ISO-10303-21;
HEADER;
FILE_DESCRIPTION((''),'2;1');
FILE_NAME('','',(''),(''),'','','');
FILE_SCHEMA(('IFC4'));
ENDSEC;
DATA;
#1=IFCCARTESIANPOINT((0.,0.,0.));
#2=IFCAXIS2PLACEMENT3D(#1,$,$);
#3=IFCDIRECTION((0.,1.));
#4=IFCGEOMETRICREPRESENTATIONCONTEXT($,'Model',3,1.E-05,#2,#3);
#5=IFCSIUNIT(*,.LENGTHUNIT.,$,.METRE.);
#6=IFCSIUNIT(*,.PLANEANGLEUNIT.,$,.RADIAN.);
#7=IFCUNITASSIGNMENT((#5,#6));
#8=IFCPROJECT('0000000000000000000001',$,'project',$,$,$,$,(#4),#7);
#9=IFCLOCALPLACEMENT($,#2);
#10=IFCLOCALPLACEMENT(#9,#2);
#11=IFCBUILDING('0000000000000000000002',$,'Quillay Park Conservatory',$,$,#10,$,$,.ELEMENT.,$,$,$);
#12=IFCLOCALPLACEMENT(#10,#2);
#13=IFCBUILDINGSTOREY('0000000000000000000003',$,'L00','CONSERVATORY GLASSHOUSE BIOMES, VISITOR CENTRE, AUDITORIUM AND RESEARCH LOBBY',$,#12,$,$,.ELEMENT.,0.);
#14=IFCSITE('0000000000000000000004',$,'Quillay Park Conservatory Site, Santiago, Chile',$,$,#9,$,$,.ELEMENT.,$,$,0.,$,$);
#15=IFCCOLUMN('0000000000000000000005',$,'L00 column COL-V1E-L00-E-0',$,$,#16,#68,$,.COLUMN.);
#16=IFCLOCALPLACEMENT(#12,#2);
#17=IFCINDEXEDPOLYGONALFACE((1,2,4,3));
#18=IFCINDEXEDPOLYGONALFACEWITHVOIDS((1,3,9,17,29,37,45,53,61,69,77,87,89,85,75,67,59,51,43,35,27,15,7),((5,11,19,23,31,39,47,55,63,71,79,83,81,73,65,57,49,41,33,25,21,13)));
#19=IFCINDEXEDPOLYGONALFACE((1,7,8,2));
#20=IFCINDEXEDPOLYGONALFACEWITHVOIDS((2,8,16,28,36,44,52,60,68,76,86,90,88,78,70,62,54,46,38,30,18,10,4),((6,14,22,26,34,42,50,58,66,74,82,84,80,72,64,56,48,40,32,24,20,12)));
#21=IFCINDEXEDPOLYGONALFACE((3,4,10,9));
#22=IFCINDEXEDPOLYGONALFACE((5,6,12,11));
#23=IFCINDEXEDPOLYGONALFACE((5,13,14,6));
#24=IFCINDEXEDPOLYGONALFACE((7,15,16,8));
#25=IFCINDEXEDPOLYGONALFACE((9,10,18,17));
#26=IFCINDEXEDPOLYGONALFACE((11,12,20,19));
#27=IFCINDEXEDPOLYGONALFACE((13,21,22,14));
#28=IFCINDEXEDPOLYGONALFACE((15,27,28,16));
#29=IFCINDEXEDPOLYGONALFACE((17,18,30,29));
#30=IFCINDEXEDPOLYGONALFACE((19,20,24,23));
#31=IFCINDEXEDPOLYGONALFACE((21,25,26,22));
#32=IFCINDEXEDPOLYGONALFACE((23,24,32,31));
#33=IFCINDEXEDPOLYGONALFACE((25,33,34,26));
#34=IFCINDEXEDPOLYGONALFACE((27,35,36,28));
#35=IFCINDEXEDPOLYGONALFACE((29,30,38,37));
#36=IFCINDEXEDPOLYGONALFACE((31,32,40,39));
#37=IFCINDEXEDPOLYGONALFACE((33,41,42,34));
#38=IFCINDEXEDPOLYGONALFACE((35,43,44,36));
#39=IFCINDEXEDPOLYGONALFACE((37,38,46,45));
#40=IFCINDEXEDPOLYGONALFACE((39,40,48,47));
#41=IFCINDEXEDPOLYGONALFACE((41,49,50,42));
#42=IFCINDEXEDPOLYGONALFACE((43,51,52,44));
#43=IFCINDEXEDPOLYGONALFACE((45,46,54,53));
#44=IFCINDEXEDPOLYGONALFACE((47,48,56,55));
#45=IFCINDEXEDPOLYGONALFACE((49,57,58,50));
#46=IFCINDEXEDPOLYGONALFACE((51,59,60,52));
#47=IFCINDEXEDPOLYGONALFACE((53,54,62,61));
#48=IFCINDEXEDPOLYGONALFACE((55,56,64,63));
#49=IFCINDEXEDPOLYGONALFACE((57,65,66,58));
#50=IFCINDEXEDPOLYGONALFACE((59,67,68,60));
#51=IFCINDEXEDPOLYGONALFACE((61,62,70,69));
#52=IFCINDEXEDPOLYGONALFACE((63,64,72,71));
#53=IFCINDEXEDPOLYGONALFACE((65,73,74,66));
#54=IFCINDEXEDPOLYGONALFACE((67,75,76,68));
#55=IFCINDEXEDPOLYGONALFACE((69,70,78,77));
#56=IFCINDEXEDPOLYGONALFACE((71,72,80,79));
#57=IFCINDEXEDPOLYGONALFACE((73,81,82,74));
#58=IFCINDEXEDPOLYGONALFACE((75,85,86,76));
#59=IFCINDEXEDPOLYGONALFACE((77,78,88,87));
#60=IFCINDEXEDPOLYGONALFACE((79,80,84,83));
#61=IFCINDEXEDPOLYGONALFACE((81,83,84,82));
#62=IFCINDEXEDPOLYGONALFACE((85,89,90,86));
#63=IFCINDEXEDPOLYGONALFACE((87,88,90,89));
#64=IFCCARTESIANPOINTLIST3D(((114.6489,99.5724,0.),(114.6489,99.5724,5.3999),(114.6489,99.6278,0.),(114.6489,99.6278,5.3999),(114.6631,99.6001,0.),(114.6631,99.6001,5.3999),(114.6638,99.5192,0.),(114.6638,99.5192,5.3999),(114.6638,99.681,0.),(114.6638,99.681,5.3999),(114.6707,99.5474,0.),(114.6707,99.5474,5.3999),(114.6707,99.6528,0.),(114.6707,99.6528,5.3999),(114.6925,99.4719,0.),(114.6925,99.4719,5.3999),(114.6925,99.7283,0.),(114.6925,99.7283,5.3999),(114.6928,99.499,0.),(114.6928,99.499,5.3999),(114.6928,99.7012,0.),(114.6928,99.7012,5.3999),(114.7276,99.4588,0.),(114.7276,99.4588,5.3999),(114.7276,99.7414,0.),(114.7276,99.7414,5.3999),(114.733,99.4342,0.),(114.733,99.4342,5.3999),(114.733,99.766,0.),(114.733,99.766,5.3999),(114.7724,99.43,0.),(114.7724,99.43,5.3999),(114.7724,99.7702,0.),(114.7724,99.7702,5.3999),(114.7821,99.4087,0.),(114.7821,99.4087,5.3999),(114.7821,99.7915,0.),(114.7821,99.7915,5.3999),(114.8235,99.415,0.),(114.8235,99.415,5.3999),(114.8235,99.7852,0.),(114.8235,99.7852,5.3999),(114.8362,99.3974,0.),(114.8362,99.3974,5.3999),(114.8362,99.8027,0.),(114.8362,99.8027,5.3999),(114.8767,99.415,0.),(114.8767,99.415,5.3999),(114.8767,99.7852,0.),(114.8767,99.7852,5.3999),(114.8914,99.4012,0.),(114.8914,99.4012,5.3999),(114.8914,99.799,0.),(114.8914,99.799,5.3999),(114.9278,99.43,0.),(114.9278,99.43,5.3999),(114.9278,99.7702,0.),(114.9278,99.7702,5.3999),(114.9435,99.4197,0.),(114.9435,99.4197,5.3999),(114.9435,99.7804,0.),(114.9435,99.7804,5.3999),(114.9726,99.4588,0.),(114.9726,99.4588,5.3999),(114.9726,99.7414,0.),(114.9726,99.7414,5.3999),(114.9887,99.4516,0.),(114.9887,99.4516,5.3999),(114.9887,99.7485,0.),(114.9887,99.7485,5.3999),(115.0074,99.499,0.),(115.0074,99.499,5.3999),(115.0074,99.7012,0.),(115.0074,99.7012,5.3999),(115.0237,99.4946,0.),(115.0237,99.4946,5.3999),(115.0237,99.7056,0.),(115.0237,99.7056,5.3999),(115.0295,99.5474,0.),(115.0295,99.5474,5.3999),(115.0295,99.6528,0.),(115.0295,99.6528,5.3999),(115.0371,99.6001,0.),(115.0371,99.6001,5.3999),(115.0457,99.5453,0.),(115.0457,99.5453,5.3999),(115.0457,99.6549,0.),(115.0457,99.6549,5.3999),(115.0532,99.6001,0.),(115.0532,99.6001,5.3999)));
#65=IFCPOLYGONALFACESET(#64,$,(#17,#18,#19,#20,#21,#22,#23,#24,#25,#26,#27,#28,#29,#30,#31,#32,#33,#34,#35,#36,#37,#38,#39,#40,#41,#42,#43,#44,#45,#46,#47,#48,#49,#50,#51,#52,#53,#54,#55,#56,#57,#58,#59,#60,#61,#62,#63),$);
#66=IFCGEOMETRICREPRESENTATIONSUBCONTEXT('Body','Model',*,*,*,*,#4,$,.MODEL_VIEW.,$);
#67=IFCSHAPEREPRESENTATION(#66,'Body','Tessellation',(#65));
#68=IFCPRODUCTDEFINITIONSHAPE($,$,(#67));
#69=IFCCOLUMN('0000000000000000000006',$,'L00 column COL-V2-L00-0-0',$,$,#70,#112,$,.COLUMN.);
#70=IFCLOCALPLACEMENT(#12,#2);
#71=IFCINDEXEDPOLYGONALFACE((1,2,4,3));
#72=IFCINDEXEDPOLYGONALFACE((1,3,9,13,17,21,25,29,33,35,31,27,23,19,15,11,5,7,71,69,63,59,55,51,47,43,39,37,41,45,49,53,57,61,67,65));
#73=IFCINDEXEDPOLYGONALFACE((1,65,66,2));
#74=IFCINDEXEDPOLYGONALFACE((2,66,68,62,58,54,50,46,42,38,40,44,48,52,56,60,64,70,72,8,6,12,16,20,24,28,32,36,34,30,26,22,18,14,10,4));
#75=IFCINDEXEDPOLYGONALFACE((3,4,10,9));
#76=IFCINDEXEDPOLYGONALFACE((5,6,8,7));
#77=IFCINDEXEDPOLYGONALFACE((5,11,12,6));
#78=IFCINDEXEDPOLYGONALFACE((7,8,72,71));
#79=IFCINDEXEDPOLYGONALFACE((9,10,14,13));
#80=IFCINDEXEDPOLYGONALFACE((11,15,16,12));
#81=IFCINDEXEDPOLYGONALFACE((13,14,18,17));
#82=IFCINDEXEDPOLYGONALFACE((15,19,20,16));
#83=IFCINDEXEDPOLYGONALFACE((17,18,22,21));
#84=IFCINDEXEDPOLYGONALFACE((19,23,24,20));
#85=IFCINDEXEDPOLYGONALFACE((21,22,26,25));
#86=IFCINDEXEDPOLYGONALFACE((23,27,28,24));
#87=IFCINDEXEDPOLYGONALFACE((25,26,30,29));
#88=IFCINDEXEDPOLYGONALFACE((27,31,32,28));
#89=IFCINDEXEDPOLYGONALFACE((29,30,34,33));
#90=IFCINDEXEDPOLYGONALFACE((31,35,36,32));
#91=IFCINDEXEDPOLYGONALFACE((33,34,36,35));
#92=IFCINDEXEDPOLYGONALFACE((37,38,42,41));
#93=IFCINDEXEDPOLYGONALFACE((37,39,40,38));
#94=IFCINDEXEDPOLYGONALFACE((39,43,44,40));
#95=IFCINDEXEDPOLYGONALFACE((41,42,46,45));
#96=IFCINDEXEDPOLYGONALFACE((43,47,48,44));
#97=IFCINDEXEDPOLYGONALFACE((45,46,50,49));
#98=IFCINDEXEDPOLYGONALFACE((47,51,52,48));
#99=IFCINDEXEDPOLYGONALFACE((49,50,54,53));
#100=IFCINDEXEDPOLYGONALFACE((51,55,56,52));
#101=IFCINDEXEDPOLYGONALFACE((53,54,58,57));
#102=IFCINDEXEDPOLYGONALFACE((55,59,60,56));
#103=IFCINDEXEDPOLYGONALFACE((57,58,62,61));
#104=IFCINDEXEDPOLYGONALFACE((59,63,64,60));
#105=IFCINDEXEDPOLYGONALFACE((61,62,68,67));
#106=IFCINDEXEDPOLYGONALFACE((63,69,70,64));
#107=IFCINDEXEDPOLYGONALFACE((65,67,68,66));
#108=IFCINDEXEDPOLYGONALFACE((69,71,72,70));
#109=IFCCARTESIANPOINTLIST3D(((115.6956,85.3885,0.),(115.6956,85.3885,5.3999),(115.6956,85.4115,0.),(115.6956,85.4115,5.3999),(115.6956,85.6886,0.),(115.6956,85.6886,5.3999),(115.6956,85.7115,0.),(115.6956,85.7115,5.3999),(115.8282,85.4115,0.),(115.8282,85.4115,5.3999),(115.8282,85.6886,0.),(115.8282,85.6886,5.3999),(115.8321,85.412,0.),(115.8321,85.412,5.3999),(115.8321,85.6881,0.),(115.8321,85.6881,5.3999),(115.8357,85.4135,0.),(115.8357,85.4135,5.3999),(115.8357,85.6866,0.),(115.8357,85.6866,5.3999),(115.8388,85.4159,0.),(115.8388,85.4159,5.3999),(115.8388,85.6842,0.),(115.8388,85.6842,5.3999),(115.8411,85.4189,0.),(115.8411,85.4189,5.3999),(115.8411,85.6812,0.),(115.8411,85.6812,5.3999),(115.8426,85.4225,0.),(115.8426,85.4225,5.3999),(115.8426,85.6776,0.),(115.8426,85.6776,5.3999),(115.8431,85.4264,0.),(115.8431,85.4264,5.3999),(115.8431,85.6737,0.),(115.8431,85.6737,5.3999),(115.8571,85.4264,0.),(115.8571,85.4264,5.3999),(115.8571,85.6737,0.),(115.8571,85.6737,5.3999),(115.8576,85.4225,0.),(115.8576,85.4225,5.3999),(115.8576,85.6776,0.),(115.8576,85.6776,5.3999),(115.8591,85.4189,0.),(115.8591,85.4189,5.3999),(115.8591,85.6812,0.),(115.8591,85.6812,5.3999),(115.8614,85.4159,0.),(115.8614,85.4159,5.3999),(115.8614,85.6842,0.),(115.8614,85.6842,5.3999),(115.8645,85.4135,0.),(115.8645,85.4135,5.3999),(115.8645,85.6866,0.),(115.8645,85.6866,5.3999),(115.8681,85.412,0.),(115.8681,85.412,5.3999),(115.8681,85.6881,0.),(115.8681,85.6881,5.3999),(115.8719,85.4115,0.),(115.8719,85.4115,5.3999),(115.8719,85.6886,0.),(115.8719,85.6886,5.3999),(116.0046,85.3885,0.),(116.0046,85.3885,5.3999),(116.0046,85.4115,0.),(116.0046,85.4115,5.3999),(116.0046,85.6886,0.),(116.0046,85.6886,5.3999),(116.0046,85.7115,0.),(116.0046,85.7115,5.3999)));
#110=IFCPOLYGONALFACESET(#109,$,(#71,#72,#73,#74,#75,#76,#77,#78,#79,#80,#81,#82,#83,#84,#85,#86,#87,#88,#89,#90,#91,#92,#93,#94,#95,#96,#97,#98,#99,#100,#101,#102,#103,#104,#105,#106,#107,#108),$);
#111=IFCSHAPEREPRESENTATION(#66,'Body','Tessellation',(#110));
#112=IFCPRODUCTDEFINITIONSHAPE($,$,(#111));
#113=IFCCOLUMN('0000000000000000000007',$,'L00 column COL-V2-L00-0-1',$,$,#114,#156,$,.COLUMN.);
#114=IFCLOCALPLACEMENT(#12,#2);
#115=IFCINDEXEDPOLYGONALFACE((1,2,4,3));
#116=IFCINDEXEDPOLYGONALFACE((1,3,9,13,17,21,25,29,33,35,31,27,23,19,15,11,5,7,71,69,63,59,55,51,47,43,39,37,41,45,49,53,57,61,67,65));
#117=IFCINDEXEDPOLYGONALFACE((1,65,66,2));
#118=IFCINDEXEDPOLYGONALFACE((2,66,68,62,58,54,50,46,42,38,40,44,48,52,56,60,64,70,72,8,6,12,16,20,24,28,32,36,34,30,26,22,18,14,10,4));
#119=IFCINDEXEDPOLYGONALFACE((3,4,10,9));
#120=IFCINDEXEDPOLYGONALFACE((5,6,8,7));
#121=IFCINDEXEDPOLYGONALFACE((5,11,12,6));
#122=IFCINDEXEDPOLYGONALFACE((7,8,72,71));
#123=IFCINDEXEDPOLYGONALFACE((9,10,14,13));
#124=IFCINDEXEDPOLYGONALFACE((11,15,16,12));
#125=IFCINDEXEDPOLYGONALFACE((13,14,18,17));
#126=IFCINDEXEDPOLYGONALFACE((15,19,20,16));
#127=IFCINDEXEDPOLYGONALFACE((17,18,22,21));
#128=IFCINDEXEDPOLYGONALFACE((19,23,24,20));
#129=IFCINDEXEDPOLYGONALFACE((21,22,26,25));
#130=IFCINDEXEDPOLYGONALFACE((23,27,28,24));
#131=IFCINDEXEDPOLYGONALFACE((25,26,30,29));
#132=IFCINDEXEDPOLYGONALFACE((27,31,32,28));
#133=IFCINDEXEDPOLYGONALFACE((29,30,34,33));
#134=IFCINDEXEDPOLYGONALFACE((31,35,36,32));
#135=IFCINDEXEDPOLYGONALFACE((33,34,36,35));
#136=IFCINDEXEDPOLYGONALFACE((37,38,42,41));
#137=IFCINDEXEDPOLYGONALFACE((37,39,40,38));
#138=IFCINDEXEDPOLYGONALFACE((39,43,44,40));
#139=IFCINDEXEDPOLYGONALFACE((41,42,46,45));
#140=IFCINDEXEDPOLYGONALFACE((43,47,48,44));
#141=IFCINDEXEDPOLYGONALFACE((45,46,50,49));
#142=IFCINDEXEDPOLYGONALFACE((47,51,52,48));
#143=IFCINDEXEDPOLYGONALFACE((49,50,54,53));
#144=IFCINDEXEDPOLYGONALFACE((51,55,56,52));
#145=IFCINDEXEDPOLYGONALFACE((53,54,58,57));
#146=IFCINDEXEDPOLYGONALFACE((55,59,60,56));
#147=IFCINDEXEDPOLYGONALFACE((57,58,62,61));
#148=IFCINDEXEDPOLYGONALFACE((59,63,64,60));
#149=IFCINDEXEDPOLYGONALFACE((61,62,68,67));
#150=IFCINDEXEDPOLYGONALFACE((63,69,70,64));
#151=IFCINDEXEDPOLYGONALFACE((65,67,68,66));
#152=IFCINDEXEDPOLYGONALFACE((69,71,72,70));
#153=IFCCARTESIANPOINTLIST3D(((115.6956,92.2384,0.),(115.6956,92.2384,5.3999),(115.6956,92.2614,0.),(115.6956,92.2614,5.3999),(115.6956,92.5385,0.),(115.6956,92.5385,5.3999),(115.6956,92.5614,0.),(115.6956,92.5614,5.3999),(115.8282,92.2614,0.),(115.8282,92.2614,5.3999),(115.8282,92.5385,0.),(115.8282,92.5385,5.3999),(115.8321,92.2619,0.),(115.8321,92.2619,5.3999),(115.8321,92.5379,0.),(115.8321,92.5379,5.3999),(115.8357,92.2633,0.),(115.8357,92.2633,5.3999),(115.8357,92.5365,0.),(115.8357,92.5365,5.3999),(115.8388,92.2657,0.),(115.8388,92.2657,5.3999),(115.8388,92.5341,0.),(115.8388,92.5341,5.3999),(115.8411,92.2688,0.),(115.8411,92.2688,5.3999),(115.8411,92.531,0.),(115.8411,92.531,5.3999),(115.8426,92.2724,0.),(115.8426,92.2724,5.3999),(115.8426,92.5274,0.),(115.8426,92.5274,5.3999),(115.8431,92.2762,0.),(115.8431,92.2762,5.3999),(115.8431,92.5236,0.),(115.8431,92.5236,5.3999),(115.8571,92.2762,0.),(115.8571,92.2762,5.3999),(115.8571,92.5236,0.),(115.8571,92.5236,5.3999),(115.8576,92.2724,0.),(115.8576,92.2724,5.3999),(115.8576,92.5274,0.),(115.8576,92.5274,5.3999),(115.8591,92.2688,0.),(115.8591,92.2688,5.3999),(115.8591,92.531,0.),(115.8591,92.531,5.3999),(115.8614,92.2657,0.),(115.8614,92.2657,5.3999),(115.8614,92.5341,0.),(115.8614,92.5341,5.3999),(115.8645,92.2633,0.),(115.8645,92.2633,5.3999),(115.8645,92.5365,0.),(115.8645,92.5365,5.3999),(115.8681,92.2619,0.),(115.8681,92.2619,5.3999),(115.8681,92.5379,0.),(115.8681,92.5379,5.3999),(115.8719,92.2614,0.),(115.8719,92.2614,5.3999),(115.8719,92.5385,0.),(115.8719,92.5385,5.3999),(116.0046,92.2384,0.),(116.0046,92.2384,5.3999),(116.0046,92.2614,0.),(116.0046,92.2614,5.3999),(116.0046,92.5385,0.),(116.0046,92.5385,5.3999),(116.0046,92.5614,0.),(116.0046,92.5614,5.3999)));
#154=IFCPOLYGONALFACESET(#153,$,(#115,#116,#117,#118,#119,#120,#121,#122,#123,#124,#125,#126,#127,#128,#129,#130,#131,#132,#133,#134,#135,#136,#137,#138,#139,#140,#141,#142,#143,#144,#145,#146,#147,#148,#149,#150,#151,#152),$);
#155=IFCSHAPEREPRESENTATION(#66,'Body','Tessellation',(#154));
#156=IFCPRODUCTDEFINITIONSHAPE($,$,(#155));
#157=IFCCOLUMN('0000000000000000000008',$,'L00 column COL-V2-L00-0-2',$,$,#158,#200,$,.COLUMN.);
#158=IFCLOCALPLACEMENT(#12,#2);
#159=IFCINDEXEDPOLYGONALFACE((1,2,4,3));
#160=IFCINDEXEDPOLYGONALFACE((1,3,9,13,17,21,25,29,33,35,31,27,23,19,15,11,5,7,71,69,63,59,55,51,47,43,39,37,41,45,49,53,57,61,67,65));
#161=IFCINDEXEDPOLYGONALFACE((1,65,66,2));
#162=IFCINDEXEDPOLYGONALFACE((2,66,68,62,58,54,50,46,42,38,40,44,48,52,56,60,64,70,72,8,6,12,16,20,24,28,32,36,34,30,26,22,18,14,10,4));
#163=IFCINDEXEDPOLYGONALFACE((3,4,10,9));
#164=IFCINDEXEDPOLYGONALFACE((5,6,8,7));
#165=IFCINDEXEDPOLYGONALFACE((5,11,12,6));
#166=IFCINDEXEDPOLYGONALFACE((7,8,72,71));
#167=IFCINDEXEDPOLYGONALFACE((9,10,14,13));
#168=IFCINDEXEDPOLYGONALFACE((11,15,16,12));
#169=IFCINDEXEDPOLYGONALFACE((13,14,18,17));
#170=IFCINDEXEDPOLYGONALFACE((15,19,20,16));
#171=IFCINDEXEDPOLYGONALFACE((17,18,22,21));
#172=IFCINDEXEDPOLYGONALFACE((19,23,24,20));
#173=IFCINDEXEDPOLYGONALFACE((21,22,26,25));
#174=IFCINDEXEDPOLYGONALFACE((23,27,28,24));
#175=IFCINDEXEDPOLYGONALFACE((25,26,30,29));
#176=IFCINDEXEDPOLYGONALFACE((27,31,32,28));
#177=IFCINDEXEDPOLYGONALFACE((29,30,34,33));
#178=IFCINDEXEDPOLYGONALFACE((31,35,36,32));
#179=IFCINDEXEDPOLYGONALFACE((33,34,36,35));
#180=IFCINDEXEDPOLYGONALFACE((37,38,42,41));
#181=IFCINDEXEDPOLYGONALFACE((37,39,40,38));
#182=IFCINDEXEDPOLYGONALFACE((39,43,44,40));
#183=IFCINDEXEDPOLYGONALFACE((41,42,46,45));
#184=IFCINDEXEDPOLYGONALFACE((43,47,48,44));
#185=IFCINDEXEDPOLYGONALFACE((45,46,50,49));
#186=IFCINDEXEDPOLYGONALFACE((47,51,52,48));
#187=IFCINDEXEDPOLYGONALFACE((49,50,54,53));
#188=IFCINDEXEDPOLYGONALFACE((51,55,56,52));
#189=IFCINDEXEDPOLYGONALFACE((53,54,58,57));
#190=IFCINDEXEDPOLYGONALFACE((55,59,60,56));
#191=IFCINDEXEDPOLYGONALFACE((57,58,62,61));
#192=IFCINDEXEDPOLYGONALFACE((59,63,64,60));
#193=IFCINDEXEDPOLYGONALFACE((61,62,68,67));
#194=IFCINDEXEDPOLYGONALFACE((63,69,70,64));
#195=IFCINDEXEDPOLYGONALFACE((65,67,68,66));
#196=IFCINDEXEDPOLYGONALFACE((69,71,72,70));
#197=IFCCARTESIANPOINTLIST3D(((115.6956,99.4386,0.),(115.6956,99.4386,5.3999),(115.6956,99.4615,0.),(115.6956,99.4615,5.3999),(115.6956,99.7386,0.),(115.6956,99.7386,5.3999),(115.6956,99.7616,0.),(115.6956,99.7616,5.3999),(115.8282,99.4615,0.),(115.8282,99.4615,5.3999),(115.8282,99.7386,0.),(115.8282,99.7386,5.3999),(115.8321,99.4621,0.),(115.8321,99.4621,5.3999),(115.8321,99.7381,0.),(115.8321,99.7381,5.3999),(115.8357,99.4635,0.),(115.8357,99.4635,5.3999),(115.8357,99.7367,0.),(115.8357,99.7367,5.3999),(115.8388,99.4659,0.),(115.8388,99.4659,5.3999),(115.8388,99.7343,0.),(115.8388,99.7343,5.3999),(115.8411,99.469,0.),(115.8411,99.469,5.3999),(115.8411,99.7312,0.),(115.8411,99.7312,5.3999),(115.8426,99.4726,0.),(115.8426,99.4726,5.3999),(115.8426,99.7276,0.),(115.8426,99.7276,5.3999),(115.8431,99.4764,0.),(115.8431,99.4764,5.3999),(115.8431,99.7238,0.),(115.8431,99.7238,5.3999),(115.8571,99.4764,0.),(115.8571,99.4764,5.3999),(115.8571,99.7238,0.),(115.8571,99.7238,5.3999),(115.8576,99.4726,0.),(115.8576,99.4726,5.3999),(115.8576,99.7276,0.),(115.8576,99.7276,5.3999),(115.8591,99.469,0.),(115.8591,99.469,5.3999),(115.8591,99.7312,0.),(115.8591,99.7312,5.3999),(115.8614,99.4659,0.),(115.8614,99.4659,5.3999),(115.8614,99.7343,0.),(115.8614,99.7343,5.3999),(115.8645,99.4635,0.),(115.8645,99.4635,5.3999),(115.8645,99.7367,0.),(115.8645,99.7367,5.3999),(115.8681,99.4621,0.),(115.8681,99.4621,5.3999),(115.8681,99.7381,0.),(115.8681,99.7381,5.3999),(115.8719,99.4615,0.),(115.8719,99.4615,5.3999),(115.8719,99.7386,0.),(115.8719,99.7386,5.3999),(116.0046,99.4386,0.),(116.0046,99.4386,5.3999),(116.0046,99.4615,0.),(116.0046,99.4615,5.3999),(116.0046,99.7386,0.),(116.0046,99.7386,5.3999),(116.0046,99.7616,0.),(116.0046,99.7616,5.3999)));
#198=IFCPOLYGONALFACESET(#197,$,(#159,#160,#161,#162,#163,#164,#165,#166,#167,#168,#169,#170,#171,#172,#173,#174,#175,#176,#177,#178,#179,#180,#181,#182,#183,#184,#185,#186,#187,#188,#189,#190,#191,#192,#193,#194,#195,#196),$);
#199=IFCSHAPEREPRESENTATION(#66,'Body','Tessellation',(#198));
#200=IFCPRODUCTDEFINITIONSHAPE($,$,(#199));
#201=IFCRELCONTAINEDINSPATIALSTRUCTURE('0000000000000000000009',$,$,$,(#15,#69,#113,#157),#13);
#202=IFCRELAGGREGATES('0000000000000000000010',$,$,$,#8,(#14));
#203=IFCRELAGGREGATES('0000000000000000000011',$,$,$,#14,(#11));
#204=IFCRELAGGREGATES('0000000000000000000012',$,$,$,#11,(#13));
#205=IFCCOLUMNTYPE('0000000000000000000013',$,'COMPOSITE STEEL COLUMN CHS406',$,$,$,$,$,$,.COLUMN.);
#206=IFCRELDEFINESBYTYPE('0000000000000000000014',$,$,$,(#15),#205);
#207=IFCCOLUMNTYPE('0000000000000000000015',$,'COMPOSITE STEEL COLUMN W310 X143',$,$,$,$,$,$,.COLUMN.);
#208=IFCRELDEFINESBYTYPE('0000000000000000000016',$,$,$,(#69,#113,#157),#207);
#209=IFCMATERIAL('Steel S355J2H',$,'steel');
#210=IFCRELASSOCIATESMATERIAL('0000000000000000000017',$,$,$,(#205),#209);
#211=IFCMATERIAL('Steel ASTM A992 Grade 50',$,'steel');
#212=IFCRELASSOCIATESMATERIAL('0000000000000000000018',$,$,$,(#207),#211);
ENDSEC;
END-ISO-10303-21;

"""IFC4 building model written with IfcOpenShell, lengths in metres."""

from ifc_helpers import new_model, si_unit, direction, frame, origin, origin_2d, place, context, subcontext, project, spatial, hollow_circle, i_section, extrude, material, material_profile, profile_set, type_object, element, save


model = new_model("IFC4")

# Units and contexts
model_context = context("Model", 3, precision=1e-05, world=origin(), true_north=direction((0.0, 1.0)))
body_context = subcontext(model_context, "Body", "Model", "MODEL_VIEW")
ifc_project = project(units=[si_unit("LENGTHUNIT", "METRE"), si_unit("PLANEANGLEUNIT", "RADIAN")], contexts=[model_context])

# Site, building, storey
site_placement = place(None, origin())
site = spatial("IfcSite", under=ifc_project, at=site_placement, Name="Quillay Park Conservatory Site, Santiago, Chile", CompositionType="ELEMENT", RefElevation=0.0)
building_placement = place(site_placement, origin())
building = spatial("IfcBuilding", under=site, at=building_placement, Name="Quillay Park Conservatory", CompositionType="ELEMENT")
storey_placement = place(building_placement, origin())
storey = spatial("IfcBuildingStorey", under=building, at=storey_placement, Name="L00", Description="CONSERVATORY GLASSHOUSE BIOMES, VISITOR CENTRE, AUDITORIUM AND RESEARCH LOBBY", CompositionType="ELEMENT", Elevation=0.0)

# Columns
ifc_material_1 = material(Name="Steel S355J2H", Category="steel")
ifc_material_profile_1 = material_profile(ifc_material_1, hollow_circle(Radius=0.2031, WallThickness=0.0161, at=origin_2d()), Name="CHS406.4x16")
ifc_profile_set_1 = profile_set([ifc_material_profile_1], Name="Steel S355J2H")
column_type_1 = type_object("IfcColumnType", Name="COMPOSITE STEEL COLUMN CHS406", PredefinedType="COLUMN", material=ifc_profile_set_1)
column_placement = place(storey_placement, frame((114.8501, 99.6001, 0.0), z_axis=(0.0, 0.0, 1.0), x_axis=(1.0, 0.0, 0.0)))
element("IfcColumn", 1, at=column_placement, inside=storey, type_object=column_type_1, Name="L00 column COL-V1E-L00-E-0", PredefinedType="COLUMN", context=body_context, shape_type="SweptSolid", body=[
    extrude(hollow_circle(Radius=0.2031, WallThickness=0.0161, at=origin_2d()), origin(), (0.0, 0.0, 1.0), 5.3999),
])
ifc_material_2 = material(Name="Steel ASTM A992 Grade 50", Category="steel")
ifc_material_profile_2 = material_profile(ifc_material_2, i_section(OverallWidth=0.3091, OverallDepth=0.323, WebThickness=0.0139, FlangeThickness=0.0229, FilletRadius=0.0149, at=origin_2d()), Name="W310x143")
ifc_profile_set_2 = profile_set([ifc_material_profile_2], Name="Steel ASTM A992 Grade 50")
column_type_2 = type_object("IfcColumnType", Name="COMPOSITE STEEL COLUMN W310 X143", PredefinedType="COLUMN", material=ifc_profile_set_2)
for number, where, z_axis, x_axis, name in (
    (2, (115.8501, 85.55, 0.0), (0.0, 0.0, 1.0), (1.0, 0.0, 0.0), "L00 column COL-V2-L00-0-0"),
    (3, (115.8501, 92.3999, 0.0), (0.0, 0.0, 1.0), (1.0, 0.0, 0.0), "L00 column COL-V2-L00-0-1"),
    (4, (115.8501, 99.6001, 0.0), (0.0, 0.0, 1.0), (1.0, 0.0, 0.0), "L00 column COL-V2-L00-0-2"),
):
    element("IfcColumn", number, at=place(storey_placement, frame(where, z_axis=z_axis, x_axis=x_axis)), inside=storey, type_object=column_type_2, Name=name, PredefinedType="COLUMN", context=body_context, shape_type="SweptSolid", body=[
        extrude(i_section(OverallWidth=0.3091, OverallDepth=0.323, WebThickness=0.0139, FlangeThickness=0.0229, FilletRadius=0.0149, at=origin_2d()), origin(), (0.0, 0.0, 1.0), 5.3999),
    ])

save(model, "model.ifc")
